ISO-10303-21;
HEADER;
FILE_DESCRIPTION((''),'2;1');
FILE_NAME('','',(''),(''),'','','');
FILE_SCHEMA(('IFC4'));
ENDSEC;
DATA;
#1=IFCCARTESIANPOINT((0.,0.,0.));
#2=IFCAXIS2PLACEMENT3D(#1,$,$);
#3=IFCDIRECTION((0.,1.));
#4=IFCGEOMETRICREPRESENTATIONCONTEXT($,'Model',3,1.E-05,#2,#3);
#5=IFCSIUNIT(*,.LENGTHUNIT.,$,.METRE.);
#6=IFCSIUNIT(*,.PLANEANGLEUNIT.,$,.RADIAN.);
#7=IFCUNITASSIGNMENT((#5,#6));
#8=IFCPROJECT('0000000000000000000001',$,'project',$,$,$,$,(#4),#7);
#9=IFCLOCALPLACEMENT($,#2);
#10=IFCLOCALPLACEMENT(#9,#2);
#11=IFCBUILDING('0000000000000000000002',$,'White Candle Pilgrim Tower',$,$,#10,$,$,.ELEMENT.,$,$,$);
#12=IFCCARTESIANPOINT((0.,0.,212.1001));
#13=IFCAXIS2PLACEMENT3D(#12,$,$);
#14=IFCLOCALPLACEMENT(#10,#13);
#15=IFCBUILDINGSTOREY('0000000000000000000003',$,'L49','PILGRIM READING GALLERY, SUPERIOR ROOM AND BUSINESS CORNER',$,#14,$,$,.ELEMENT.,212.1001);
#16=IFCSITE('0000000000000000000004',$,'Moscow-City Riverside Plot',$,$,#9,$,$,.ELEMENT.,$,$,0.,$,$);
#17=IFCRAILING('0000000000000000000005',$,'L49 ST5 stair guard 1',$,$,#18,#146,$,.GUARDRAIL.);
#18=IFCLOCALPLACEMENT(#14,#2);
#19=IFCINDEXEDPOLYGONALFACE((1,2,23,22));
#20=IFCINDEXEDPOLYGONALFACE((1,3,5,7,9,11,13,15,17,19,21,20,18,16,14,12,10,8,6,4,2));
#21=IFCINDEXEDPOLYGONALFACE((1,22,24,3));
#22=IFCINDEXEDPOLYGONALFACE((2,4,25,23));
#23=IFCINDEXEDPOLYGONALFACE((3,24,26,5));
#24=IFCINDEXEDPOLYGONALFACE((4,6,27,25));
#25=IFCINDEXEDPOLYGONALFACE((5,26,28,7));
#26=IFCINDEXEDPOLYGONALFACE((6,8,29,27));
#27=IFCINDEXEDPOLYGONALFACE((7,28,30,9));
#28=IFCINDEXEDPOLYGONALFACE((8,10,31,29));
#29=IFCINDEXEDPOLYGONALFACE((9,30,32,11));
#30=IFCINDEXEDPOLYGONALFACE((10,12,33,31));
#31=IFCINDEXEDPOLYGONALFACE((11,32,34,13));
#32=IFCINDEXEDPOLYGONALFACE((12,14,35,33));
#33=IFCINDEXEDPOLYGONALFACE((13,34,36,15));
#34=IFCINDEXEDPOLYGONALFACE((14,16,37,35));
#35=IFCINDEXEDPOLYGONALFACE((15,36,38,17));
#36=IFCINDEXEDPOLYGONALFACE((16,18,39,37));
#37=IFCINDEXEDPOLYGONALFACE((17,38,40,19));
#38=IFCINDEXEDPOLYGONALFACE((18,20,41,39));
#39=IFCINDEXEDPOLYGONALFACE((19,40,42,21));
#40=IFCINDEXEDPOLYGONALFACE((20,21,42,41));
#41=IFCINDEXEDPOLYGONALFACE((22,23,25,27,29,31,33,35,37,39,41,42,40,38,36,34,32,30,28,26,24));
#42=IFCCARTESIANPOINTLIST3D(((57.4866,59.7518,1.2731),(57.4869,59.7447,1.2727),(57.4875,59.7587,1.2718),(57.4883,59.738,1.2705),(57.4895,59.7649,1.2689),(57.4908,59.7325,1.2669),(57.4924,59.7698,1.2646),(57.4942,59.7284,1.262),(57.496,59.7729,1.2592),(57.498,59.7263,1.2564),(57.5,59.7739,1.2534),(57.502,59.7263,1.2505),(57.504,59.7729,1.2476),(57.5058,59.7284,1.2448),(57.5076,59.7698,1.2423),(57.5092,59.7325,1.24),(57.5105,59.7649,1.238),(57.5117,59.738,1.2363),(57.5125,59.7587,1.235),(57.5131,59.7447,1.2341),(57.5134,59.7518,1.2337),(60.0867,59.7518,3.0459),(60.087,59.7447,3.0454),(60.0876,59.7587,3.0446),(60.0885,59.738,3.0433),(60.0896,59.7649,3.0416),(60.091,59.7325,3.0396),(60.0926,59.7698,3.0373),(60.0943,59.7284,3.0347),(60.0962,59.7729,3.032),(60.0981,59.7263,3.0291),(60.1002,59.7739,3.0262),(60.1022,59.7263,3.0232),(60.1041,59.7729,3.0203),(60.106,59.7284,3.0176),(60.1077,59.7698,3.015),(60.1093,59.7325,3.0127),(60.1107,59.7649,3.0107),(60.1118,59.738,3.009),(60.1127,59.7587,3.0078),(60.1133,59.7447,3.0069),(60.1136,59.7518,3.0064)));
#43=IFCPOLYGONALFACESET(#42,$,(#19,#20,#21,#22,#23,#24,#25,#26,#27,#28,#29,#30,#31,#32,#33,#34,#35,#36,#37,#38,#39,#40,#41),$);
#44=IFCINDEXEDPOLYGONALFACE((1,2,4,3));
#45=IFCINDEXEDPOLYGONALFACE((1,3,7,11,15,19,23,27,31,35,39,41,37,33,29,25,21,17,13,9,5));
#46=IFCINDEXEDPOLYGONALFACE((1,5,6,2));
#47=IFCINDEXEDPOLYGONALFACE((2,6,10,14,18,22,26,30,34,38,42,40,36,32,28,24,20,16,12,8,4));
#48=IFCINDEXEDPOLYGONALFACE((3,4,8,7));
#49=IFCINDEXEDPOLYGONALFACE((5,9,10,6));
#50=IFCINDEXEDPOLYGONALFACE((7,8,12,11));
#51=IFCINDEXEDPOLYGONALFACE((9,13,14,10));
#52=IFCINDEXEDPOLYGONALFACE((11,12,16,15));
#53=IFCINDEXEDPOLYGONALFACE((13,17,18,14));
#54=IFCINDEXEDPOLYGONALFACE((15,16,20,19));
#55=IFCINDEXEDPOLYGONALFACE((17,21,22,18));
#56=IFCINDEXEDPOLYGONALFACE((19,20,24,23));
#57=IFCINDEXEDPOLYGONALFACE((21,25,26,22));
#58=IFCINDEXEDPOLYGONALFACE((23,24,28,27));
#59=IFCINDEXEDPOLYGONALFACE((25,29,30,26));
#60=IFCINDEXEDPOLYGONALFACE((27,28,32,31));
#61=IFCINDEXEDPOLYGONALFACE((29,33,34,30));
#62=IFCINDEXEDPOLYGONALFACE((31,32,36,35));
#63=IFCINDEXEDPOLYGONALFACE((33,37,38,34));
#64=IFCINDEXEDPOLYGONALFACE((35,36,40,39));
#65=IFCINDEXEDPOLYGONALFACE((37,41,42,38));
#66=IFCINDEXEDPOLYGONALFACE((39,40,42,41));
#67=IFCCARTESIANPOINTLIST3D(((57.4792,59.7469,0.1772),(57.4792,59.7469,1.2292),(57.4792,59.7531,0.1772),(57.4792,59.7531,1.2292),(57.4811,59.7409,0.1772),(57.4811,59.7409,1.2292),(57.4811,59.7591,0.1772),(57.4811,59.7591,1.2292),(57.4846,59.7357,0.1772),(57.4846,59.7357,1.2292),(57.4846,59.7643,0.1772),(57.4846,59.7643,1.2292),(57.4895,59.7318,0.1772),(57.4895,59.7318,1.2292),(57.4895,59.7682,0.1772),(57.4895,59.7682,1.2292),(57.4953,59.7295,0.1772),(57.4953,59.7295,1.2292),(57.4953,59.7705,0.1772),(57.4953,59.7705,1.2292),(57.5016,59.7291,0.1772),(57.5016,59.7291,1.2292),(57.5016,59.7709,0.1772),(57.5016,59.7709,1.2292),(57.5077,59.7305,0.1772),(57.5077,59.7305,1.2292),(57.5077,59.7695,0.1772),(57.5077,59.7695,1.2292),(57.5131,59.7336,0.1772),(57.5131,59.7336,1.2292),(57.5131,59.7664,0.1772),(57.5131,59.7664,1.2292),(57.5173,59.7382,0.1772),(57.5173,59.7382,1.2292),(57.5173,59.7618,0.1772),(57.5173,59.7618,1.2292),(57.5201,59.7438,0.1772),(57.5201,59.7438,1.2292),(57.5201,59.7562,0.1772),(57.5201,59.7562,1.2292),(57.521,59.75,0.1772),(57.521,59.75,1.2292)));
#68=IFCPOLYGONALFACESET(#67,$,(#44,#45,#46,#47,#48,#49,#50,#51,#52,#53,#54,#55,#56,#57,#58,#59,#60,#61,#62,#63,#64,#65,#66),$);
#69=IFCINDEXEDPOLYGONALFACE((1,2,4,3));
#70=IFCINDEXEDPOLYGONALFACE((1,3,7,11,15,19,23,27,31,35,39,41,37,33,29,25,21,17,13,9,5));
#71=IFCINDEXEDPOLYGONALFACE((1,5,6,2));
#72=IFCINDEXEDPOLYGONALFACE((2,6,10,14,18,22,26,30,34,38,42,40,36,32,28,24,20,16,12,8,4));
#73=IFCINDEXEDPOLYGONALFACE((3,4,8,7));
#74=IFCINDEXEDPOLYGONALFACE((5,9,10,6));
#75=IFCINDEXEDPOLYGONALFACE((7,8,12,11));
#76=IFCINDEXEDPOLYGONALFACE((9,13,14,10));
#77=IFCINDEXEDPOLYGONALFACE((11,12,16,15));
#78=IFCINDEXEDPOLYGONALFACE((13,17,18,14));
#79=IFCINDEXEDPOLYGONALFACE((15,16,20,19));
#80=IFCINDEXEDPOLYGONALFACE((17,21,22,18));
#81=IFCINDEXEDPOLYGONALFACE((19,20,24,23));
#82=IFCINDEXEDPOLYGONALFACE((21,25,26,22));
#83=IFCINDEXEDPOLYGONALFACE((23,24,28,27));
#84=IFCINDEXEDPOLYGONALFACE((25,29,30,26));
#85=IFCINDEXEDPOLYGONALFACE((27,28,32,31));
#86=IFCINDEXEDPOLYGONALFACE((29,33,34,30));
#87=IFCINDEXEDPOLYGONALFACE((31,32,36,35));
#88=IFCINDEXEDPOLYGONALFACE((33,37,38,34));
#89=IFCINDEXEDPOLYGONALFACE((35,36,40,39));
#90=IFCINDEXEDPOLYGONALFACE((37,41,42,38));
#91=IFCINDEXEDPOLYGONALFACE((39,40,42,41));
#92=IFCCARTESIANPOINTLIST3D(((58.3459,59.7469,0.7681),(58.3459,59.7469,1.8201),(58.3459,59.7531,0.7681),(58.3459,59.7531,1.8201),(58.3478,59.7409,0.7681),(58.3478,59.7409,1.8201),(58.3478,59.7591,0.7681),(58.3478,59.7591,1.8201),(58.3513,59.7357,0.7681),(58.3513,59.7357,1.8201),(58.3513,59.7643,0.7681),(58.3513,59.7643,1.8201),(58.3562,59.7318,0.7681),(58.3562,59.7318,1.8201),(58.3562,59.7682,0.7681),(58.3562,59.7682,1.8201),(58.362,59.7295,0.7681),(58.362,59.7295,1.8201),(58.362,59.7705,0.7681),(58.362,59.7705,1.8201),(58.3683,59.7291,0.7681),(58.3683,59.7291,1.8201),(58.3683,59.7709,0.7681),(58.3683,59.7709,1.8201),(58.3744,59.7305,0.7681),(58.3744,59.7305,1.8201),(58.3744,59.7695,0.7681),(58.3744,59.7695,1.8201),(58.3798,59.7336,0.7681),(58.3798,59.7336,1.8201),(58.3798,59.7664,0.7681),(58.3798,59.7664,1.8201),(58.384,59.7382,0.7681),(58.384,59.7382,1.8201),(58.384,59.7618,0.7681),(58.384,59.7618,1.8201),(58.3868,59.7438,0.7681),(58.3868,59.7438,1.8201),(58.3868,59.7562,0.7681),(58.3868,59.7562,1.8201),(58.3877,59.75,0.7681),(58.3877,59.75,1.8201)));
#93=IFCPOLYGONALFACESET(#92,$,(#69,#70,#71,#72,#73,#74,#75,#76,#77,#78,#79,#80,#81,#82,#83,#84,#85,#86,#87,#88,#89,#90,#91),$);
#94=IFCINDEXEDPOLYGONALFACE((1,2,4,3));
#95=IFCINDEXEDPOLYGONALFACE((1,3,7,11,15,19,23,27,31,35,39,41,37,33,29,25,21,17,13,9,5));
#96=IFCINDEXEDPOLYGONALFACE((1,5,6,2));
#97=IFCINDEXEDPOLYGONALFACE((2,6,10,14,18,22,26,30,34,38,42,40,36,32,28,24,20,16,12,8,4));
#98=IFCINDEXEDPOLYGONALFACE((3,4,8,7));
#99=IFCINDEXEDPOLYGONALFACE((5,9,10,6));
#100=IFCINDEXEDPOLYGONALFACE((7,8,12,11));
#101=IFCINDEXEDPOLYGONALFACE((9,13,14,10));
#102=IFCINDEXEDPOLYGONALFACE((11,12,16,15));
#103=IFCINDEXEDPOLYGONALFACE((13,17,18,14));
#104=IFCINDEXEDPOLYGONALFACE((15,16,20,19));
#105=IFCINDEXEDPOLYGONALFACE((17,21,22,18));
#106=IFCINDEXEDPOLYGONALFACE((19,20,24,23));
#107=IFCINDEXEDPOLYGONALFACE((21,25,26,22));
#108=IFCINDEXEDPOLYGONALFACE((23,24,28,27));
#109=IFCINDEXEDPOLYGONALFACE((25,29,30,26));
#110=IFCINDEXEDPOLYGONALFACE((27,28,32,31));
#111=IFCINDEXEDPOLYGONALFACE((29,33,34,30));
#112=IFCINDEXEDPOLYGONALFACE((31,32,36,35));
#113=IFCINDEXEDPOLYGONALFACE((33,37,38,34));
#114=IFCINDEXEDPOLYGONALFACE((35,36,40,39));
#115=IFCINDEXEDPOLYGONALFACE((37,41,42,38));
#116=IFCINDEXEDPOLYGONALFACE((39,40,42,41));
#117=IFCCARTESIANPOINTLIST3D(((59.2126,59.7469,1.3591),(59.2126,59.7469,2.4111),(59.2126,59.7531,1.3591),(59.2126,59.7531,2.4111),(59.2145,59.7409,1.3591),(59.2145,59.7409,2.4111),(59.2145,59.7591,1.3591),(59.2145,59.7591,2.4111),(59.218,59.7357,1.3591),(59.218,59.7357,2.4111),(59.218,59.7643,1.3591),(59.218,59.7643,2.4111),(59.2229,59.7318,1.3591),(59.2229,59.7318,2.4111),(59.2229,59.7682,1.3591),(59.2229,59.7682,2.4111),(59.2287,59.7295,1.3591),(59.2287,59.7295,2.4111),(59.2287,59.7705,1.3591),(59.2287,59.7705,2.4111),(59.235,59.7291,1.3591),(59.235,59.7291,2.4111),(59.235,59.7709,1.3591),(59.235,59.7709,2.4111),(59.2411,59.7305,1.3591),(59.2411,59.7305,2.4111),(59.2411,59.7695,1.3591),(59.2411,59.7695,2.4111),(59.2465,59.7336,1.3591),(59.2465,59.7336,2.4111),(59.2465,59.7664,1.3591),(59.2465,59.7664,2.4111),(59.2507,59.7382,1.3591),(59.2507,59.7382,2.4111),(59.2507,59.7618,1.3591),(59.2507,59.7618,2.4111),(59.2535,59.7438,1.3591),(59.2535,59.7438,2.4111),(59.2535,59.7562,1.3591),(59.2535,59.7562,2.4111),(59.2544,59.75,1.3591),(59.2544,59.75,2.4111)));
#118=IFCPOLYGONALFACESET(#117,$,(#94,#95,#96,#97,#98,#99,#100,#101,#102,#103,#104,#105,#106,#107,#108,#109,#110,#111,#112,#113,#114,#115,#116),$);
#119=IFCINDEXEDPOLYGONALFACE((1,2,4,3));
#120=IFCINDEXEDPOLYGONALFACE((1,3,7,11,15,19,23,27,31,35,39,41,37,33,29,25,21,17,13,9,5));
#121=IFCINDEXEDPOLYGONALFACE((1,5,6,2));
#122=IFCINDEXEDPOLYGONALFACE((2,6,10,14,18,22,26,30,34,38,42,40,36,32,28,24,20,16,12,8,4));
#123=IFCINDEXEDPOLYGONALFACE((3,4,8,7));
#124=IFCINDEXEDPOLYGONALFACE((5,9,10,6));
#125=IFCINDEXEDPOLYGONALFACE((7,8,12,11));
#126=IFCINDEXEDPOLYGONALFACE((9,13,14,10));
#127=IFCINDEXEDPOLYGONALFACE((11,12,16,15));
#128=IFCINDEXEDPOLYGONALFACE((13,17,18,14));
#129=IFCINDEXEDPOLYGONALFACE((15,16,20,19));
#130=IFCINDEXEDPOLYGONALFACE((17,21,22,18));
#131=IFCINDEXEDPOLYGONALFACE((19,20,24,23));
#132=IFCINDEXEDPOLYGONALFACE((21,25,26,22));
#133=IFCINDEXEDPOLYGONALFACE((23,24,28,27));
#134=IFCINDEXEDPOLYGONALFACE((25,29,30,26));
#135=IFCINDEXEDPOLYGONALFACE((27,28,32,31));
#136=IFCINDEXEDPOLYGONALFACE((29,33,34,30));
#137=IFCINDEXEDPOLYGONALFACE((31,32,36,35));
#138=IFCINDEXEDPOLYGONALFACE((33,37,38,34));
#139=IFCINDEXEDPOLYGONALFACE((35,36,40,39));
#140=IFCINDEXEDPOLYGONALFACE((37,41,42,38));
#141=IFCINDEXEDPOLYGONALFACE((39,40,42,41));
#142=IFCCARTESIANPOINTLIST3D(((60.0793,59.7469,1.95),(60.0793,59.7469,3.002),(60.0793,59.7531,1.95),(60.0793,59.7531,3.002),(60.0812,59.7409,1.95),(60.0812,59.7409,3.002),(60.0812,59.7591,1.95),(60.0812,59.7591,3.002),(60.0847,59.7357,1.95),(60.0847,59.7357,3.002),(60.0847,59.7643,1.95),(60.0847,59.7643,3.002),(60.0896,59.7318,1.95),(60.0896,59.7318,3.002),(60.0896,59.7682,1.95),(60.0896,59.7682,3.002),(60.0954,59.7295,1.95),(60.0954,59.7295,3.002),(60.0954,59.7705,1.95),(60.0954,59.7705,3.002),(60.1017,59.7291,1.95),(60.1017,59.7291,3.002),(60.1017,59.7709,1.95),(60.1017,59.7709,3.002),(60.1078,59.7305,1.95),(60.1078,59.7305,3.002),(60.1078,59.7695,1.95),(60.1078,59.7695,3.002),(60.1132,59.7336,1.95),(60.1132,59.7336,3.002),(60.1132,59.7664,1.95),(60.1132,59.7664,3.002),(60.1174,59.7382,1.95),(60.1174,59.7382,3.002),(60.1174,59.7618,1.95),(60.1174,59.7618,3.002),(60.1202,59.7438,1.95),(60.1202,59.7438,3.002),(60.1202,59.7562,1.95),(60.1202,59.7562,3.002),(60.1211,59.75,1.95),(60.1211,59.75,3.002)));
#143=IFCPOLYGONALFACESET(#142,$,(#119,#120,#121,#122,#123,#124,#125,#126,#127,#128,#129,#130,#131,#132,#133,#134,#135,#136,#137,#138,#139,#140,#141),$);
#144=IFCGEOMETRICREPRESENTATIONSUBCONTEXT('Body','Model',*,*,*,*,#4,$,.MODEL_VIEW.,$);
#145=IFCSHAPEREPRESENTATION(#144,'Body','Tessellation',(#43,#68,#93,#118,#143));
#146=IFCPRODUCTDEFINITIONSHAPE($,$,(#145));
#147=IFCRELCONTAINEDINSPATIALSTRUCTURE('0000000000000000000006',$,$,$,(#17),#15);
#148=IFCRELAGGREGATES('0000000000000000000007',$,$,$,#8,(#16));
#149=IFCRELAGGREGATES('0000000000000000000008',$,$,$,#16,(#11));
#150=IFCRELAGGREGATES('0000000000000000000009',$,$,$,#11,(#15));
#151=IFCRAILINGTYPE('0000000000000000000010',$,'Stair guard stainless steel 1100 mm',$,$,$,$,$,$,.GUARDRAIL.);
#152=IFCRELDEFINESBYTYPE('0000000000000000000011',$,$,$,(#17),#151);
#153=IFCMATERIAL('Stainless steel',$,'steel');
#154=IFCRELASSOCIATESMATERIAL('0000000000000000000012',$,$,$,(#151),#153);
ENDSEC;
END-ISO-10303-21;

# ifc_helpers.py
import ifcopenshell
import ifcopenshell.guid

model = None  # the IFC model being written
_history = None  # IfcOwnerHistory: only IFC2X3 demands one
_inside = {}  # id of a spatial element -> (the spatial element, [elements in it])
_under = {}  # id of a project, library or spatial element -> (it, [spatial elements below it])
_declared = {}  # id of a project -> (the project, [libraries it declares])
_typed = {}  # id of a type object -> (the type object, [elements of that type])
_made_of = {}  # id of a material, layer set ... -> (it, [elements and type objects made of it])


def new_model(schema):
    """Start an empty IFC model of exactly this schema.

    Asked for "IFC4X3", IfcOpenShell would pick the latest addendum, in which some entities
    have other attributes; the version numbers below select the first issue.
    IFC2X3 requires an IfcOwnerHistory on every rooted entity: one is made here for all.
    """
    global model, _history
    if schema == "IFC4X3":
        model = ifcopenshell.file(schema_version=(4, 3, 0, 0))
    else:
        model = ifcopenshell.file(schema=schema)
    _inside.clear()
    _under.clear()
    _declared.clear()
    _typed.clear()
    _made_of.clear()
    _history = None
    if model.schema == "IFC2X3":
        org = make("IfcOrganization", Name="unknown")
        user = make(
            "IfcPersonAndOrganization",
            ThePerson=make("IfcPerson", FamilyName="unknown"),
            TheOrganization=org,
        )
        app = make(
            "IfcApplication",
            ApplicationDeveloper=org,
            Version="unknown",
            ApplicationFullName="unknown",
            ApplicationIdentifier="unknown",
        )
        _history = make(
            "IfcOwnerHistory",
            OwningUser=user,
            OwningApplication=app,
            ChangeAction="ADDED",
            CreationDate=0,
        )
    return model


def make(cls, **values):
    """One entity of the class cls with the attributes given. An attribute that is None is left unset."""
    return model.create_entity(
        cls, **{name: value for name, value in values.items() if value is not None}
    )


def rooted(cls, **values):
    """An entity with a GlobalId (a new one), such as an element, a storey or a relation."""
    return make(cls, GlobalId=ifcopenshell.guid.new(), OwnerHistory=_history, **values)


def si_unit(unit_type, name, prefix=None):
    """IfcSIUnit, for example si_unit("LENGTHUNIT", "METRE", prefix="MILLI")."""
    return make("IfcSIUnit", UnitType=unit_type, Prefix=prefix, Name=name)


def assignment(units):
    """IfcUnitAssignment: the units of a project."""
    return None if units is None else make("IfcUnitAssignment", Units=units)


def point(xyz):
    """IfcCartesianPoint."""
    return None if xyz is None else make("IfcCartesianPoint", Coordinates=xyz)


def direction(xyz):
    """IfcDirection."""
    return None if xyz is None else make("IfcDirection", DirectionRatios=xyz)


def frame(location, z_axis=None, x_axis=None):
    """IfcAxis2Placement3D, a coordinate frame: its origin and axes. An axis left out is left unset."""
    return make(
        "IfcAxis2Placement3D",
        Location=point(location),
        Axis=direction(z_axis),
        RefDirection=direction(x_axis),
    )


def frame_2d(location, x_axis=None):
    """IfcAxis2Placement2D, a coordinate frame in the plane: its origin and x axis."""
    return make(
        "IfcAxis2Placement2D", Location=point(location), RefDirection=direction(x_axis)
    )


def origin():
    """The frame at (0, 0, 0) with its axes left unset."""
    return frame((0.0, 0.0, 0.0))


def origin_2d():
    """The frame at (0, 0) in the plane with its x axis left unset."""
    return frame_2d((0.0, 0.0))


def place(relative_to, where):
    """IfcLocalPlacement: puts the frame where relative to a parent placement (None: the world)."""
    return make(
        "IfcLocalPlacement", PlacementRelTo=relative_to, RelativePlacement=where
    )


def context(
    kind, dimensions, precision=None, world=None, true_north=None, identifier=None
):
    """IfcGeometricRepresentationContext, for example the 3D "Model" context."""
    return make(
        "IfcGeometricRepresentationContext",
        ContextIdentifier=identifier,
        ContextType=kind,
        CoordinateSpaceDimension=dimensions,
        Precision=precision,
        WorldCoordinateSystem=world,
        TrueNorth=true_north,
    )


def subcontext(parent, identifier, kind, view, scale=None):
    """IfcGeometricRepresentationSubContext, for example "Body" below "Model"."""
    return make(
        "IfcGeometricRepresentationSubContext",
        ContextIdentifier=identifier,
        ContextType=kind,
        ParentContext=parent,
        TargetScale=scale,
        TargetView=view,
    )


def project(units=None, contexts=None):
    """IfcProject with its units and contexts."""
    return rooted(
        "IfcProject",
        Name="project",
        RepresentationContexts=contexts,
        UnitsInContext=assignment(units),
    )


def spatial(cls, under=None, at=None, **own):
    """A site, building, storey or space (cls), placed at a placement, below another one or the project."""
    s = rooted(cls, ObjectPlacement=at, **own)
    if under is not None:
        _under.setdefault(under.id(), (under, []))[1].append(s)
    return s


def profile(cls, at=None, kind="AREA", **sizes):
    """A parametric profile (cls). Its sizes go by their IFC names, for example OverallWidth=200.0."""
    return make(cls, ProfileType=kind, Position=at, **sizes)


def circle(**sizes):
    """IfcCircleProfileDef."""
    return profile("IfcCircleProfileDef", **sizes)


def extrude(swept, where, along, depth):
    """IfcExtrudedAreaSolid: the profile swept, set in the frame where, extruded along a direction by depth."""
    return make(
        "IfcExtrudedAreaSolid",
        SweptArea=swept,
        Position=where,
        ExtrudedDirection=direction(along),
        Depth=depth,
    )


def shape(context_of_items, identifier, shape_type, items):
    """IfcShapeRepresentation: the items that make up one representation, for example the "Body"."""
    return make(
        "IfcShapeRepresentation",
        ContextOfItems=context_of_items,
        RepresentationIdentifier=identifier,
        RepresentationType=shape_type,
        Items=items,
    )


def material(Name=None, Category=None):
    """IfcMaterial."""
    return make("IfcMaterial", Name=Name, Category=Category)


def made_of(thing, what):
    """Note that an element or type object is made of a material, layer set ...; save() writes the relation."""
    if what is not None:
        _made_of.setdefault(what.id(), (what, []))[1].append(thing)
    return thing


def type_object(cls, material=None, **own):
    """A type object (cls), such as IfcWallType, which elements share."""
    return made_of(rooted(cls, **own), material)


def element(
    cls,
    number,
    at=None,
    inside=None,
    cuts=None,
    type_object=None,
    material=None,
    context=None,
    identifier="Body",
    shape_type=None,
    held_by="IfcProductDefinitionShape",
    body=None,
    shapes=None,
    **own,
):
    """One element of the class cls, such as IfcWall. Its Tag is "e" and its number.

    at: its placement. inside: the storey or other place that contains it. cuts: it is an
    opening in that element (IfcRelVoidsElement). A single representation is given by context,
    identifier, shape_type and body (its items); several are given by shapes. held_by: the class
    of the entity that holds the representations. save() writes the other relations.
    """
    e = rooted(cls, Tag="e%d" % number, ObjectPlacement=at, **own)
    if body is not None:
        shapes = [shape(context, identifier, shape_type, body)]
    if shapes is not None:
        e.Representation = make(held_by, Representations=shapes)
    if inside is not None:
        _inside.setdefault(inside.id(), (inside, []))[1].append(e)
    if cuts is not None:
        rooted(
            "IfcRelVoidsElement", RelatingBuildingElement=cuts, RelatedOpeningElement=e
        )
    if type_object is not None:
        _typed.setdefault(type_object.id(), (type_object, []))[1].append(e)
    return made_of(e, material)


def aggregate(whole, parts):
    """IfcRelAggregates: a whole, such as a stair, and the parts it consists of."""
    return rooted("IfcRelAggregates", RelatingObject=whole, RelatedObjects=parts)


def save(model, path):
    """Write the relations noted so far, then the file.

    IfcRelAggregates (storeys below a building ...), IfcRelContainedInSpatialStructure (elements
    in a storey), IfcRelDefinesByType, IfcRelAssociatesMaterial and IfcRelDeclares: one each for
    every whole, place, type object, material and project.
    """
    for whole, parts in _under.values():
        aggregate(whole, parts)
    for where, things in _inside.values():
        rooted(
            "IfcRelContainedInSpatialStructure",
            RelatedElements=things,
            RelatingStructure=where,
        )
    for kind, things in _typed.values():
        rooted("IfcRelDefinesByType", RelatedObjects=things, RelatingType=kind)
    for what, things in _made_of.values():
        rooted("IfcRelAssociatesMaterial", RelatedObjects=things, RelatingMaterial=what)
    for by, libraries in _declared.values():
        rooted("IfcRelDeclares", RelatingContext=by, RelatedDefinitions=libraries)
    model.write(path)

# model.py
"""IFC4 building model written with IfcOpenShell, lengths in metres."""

from ifc_helpers import new_model, si_unit, direction, frame, origin, origin_2d, place, context, subcontext, project, spatial, circle, extrude, material, type_object, element, save


model = new_model("IFC4")

# Units and contexts
model_context = context("Model", 3, precision=1e-05, world=origin(), true_north=direction((0.0, 1.0)))
body_context = subcontext(model_context, "Body", "Model", "MODEL_VIEW")
ifc_project = project(units=[si_unit("LENGTHUNIT", "METRE"), si_unit("PLANEANGLEUNIT", "RADIAN")], contexts=[model_context])

# Site, building, storey
site_placement = place(None, origin())
site = spatial("IfcSite", under=ifc_project, at=site_placement, Name="Moscow-City Riverside Plot", CompositionType="ELEMENT", RefElevation=0.0)
building_placement = place(site_placement, origin())
building = spatial("IfcBuilding", under=site, at=building_placement, Name="White Candle Pilgrim Tower", CompositionType="ELEMENT")
storey_placement = place(building_placement, frame((0.0, 0.0, 212.1001)))
storey = spatial("IfcBuildingStorey", under=building, at=storey_placement, Name="L49", Description="PILGRIM READING GALLERY, SUPERIOR ROOM AND BUSINESS CORNER", CompositionType="ELEMENT", Elevation=212.1001)

# Railing
ifc_material_1 = material(Name="Stainless steel", Category="steel")
railing_type_1 = type_object("IfcRailingType", Name="Stair guard stainless steel 1100 mm", PredefinedType="GUARDRAIL", material=ifc_material_1)
railing_1_placement = place(storey_placement, frame((57.5, 59.75, 0.1772)))
element("IfcRailing", 1, at=railing_1_placement, inside=storey, type_object=railing_type_1, Name="L49 ST5 stair guard 1", PredefinedType="GUARDRAIL", context=body_context, shape_type="SweptSolid", body=[
    extrude(circle(Radius=0.0239, at=origin_2d()), frame((0.0, 0.0, 1.0762), z_axis=(0.82624, 0.0, 0.563318), x_axis=(0.0, 1.0, 0.0)), (0.0, 0.0, 1.0), 3.147),
    extrude(circle(Radius=0.021, at=origin_2d()), origin(), (0.0, 0.0, 1.0), 1.052),
    extrude(circle(Radius=0.021, at=origin_2d()), frame((0.8667, 0.0, 0.5908)), (0.0, 0.0, 1.0), 1.052),
    extrude(circle(Radius=0.021, at=origin_2d()), frame((1.7334, 0.0, 1.1819)), (0.0, 0.0, 1.0), 1.052),
    extrude(circle(Radius=0.021, at=origin_2d()), frame((2.6001, 0.0, 1.7727)), (0.0, 0.0, 1.0), 1.052),
])

save(model, "model.ifc")
